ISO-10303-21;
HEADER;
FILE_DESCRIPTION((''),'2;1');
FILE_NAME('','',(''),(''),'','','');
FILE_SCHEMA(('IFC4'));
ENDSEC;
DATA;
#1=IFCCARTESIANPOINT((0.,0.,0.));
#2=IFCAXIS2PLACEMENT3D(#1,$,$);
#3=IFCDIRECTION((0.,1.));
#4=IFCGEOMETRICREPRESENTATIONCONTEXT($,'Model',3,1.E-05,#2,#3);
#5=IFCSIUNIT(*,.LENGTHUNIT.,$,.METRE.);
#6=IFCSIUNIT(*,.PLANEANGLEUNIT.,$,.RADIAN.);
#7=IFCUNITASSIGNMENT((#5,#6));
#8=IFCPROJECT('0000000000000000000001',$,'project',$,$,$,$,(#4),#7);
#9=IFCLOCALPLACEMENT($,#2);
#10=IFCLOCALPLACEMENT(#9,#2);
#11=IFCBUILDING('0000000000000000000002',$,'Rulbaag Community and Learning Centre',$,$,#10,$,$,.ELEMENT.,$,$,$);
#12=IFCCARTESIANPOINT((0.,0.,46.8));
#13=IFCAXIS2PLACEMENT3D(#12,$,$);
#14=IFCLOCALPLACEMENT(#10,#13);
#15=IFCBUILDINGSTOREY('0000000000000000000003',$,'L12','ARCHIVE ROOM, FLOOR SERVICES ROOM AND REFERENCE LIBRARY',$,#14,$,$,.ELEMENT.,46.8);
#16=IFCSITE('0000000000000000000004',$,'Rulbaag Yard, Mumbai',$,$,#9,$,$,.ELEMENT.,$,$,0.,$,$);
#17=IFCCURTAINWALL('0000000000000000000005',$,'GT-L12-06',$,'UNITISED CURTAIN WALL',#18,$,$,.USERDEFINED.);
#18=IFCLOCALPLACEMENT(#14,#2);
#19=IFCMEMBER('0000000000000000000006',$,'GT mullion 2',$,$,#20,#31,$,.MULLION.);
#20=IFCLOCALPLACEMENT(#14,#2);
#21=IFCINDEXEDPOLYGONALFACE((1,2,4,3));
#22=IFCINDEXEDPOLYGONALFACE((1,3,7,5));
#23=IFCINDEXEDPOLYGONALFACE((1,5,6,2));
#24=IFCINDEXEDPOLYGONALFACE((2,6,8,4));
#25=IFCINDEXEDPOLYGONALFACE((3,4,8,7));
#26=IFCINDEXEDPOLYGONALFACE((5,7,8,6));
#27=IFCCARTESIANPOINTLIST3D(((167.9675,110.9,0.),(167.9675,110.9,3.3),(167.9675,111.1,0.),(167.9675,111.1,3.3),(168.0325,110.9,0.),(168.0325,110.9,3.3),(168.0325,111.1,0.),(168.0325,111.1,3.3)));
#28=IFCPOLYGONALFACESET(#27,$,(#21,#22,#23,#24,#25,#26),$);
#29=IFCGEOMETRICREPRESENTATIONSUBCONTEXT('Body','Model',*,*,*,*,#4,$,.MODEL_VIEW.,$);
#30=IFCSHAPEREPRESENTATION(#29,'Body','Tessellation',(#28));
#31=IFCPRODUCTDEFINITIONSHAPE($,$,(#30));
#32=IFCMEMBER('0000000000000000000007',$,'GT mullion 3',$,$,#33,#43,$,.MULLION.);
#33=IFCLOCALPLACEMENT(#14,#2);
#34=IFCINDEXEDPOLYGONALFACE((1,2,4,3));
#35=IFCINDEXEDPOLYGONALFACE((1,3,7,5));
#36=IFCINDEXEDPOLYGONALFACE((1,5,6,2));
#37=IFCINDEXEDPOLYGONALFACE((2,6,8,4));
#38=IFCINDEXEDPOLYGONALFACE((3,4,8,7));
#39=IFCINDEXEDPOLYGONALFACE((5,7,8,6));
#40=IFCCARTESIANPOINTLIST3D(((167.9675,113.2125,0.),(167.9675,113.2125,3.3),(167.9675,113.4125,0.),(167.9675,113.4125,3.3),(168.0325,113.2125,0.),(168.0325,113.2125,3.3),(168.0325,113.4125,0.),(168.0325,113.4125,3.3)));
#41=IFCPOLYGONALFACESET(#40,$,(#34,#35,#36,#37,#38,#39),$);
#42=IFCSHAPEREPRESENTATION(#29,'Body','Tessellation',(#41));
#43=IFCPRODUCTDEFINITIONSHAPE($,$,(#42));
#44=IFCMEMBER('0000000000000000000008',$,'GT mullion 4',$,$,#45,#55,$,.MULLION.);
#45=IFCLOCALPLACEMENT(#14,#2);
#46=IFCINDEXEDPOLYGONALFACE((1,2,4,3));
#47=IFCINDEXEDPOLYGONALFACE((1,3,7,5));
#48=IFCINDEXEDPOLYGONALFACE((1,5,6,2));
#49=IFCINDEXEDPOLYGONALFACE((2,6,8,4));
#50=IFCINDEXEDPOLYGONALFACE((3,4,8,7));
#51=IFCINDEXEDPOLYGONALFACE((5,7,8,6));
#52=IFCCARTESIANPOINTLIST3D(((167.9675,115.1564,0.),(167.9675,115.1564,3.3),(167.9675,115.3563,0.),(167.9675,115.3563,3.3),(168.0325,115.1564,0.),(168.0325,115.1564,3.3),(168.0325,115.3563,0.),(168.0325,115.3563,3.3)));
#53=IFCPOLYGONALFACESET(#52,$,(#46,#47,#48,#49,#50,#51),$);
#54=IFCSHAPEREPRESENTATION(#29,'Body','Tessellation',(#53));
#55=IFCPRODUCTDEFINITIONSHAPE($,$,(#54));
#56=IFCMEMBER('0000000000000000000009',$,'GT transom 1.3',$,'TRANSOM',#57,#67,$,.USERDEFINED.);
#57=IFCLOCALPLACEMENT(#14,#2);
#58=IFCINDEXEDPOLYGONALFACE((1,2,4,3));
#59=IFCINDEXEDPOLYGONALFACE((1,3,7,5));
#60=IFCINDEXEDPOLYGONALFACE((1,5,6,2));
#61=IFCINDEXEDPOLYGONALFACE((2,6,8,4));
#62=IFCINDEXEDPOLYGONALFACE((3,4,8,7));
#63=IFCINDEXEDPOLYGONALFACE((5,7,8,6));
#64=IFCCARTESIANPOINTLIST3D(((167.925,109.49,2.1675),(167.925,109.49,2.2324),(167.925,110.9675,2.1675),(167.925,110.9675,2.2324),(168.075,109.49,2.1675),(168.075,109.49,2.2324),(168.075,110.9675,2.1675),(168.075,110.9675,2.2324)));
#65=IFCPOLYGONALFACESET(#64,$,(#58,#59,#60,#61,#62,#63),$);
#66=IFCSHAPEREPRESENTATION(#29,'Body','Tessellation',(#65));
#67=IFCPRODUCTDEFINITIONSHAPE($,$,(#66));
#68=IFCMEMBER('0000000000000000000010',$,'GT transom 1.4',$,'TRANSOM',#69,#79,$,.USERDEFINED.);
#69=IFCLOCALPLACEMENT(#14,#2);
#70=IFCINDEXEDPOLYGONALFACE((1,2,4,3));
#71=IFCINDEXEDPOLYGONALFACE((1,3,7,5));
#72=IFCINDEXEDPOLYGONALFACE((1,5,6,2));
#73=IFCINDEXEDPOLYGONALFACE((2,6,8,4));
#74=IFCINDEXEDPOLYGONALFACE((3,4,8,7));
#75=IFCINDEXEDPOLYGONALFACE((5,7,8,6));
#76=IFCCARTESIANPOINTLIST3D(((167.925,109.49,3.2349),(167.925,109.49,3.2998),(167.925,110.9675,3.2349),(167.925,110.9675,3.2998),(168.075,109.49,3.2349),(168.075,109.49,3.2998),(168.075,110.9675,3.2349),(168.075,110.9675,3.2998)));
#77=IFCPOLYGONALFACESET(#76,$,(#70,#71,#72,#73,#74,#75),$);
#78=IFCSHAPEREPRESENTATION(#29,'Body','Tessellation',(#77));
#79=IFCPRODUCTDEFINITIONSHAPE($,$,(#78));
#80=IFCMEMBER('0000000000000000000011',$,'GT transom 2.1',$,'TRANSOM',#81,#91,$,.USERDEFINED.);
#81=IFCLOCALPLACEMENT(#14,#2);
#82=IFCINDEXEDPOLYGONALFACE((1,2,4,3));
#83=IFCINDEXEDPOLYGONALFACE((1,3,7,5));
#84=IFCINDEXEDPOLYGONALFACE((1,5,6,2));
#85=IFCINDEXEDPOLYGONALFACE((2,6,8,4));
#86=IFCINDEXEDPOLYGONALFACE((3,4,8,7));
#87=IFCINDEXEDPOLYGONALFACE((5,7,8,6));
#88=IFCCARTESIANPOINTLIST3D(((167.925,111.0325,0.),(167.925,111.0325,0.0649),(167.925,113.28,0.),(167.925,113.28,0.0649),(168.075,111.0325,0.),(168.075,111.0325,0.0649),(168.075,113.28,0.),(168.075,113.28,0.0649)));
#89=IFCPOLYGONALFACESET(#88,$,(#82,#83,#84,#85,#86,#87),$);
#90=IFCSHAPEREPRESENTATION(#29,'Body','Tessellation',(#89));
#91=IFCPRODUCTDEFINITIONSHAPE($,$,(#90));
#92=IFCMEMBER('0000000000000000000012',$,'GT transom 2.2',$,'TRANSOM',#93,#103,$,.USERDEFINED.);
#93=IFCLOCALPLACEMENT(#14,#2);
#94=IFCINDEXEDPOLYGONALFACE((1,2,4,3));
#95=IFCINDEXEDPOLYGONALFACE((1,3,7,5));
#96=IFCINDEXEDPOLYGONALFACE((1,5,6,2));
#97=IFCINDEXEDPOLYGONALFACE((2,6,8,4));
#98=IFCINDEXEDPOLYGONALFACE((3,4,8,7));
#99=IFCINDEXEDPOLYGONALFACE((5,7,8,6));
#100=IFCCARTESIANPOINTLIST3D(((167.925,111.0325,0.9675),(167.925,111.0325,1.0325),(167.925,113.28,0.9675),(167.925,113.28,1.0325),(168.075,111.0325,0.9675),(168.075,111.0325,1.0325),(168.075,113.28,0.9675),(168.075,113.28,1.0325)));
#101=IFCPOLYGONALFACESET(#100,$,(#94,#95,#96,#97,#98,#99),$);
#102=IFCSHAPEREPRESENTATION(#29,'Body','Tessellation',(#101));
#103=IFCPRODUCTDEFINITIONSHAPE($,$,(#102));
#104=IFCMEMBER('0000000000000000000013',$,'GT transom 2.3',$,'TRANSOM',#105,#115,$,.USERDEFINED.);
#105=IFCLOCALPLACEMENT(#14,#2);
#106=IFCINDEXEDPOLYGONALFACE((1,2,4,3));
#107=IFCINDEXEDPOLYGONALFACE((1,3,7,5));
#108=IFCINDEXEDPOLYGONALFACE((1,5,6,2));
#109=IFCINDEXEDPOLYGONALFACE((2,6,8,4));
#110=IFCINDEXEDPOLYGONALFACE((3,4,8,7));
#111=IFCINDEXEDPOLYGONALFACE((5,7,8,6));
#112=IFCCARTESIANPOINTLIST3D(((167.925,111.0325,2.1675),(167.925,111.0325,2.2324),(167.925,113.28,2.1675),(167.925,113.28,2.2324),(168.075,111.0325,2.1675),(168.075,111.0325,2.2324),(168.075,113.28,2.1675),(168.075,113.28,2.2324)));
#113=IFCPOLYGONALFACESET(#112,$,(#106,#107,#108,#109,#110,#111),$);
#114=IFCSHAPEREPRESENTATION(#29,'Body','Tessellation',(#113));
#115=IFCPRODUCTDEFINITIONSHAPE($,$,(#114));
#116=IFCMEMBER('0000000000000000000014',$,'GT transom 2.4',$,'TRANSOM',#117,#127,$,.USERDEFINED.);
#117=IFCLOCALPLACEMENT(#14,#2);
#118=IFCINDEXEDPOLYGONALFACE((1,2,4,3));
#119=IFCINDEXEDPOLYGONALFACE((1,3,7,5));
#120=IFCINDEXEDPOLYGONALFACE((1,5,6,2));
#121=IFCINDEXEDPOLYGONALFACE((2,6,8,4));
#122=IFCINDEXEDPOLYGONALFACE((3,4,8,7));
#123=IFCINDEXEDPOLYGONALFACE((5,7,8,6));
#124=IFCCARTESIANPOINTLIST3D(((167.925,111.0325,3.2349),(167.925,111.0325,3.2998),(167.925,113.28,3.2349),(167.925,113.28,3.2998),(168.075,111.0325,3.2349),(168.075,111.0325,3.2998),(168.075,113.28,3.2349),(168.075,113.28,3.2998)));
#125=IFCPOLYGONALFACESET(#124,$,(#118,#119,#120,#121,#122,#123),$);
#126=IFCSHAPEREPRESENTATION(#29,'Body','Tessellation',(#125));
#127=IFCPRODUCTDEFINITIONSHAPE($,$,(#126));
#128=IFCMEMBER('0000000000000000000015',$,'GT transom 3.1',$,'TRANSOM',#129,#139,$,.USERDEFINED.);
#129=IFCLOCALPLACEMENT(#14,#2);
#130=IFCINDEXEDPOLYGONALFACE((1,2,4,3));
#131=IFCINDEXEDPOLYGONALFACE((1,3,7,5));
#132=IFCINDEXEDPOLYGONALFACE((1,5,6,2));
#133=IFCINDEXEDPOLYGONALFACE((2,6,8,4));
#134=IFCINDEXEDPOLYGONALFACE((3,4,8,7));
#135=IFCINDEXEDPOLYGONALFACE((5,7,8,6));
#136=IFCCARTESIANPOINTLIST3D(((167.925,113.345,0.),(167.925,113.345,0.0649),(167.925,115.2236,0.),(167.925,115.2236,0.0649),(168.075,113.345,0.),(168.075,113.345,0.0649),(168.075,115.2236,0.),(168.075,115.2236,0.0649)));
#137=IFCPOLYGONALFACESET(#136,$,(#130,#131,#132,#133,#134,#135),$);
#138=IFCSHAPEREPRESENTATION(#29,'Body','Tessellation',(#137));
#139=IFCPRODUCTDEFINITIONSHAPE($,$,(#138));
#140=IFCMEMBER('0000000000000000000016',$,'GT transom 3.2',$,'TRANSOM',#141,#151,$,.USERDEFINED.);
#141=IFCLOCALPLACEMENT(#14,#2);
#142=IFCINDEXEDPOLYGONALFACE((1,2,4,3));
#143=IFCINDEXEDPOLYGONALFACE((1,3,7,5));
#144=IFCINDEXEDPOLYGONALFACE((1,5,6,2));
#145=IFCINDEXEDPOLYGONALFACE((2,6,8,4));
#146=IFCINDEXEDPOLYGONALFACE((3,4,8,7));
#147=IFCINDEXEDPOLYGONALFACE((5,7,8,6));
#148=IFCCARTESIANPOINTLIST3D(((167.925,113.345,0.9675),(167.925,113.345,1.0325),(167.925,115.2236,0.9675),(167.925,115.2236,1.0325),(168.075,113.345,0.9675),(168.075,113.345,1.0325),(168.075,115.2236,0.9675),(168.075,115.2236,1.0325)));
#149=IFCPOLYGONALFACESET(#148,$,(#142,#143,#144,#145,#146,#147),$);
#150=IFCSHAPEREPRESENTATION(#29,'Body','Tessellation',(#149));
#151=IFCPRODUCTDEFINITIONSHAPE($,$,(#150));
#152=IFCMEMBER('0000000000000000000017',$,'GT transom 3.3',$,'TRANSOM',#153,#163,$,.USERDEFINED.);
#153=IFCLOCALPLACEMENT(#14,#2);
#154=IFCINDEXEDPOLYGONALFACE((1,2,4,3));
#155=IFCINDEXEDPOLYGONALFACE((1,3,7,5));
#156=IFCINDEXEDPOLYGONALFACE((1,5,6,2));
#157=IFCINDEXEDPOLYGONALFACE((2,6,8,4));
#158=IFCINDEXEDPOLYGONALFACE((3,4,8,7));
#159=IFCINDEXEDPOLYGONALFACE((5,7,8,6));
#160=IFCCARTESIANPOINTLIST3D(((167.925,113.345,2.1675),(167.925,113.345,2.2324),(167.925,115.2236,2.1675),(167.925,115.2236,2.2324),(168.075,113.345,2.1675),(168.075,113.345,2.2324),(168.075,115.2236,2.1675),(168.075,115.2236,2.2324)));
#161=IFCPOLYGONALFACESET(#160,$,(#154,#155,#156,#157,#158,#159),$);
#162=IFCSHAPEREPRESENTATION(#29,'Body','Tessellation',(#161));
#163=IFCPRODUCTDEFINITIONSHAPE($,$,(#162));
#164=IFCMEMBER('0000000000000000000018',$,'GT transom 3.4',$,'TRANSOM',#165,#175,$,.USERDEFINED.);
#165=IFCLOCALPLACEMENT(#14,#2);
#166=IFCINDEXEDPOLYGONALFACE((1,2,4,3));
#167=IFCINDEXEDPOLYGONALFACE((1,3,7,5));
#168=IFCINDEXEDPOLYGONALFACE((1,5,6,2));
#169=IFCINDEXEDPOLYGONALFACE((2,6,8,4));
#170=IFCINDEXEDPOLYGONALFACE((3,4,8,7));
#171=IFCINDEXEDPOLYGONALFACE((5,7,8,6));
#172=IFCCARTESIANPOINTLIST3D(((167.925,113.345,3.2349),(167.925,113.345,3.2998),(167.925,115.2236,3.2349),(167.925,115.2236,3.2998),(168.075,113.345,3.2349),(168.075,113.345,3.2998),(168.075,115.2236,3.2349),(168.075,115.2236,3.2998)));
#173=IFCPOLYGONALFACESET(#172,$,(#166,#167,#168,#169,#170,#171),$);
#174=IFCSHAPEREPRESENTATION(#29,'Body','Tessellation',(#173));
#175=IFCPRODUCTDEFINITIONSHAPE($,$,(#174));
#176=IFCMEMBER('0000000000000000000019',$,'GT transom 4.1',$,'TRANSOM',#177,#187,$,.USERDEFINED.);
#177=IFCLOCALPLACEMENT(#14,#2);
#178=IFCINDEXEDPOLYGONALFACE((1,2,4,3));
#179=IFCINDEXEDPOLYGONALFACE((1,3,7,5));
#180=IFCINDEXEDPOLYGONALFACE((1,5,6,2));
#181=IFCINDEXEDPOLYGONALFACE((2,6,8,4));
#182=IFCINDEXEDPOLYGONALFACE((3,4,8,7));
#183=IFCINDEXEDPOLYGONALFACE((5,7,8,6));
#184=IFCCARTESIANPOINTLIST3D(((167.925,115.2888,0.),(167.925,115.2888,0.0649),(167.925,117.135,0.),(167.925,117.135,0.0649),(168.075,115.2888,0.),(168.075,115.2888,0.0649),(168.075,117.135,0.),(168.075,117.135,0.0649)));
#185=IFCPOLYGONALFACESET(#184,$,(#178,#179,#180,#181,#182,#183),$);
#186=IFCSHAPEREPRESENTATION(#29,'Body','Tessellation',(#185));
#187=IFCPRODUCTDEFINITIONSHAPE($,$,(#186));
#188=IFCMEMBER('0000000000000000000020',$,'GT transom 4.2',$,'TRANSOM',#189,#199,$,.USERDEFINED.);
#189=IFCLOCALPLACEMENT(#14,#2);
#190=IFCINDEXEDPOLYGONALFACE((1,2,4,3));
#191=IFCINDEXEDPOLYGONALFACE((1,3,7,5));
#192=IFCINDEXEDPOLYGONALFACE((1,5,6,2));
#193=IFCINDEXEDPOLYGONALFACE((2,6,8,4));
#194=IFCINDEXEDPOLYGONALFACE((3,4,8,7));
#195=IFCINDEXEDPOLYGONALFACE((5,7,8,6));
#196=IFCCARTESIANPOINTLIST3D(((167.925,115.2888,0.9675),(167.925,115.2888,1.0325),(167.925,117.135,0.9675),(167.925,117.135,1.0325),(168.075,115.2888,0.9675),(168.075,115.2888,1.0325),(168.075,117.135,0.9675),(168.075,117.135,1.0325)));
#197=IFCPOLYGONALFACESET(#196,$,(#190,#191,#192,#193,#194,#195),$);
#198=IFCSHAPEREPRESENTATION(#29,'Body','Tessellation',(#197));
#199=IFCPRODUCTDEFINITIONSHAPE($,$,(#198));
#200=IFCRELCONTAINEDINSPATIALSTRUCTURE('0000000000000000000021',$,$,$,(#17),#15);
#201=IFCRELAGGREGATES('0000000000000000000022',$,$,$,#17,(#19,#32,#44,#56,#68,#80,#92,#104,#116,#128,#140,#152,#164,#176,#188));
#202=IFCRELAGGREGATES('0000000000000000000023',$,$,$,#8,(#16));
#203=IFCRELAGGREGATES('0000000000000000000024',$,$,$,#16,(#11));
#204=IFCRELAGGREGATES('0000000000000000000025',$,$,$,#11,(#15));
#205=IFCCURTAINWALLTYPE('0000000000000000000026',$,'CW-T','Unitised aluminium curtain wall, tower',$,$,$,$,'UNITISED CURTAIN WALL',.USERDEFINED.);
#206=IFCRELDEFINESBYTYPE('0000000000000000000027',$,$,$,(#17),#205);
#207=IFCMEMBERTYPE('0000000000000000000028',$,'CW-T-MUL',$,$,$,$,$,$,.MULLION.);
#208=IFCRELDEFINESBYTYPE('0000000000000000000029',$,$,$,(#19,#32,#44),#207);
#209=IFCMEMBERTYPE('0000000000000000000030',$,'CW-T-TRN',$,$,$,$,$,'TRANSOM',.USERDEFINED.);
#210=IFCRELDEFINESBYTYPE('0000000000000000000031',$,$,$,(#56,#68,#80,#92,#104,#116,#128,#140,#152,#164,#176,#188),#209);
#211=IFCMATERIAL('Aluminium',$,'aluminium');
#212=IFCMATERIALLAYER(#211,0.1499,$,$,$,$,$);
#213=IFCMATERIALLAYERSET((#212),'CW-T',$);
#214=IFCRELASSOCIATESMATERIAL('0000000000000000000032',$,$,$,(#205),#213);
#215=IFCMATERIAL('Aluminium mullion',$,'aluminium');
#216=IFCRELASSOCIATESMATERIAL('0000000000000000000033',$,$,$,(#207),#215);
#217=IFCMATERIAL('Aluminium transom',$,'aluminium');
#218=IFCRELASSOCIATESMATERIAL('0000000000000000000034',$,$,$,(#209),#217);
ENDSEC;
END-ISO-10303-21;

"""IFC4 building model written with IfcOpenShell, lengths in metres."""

from ifc_helpers import new_model, si_unit, direction, frame, origin, origin_2d, place, context, subcontext, project, spatial, rectangle, extrude, material, layer, layer_set, material_profile, profile_set, type_object, element, aggregate, save


model = new_model("IFC4")

# Units and contexts
model_context = context("Model", 3, precision=1e-05, world=origin(), true_north=direction((0.0, 1.0)))
body_context = subcontext(model_context, "Body", "Model", "MODEL_VIEW")
ifc_project = project(units=[si_unit("LENGTHUNIT", "METRE"), si_unit("PLANEANGLEUNIT", "RADIAN")], contexts=[model_context])

# Site, building, storey
site_placement = place(None, origin())
site = spatial("IfcSite", under=ifc_project, at=site_placement, Name="Rulbaag Yard, Mumbai", CompositionType="ELEMENT", RefElevation=0.0)
building_placement = place(site_placement, origin())
building = spatial("IfcBuilding", under=site, at=building_placement, Name="Rulbaag Community and Learning Centre", CompositionType="ELEMENT")
storey_placement = place(building_placement, frame((0.0, 0.0, 46.8)))
storey = spatial("IfcBuildingStorey", under=building, at=storey_placement, Name="L12", Description="ARCHIVE ROOM, FLOOR SERVICES ROOM AND REFERENCE LIBRARY", CompositionType="ELEMENT", Elevation=46.8)

# Curtain wall, members
ifc_material_1 = material(Name="Aluminium", Category="aluminium")
ifc_layer_1 = layer(ifc_material_1, 0.1499)
ifc_layer_set_1 = layer_set([ifc_layer_1], Name="CW-T")
curtain_wall_type = type_object("IfcCurtainWallType", Name="CW-T", Description="Unitised aluminium curtain wall, tower", ElementType="UNITISED CURTAIN WALL", PredefinedType="USERDEFINED", material=ifc_layer_set_1)
curtain_wall_placement = place(storey_placement, origin())
curtain_wall = element("IfcCurtainWall", 1, at=curtain_wall_placement, inside=storey, type_object=curtain_wall_type, Name="GT-L12-06", ObjectType="UNITISED CURTAIN WALL", PredefinedType="USERDEFINED")
ifc_material_2 = material(Name="Aluminium mullion", Category="aluminium")
ifc_material_profile_1 = material_profile(ifc_material_2, rectangle(XDim=0.0649, YDim=0.2, at=origin_2d()), Name="AL 65x200")
ifc_profile_set_1 = profile_set([ifc_material_profile_1], Name="Aluminium mullion")
member_type_1 = type_object("IfcMemberType", Name="CW-T-MUL", PredefinedType="MULLION", material=ifc_profile_set_1)
member_1_placement = place(storey_placement, frame((168.0, 111.0, 0.0), z_axis=(0.0, 0.0, 1.0), x_axis=(-1.0, 0.0, 0.0)))
member_1 = element("IfcMember", 2, at=member_1_placement, type_object=member_type_1, Name="GT mullion 2", PredefinedType="MULLION", context=body_context, shape_type="SweptSolid", body=[
    extrude(rectangle(XDim=0.0649, YDim=0.2, at=origin_2d()), origin(), (0.0, 0.0, 1.0), 3.3),
])
member_2_placement = place(storey_placement, frame((168.0, 113.3125, 0.0), z_axis=(0.0, 0.0, 1.0), x_axis=(-1.0, 0.0, 0.0)))
member_2 = element("IfcMember", 3, at=member_2_placement, type_object=member_type_1, Name="GT mullion 3", PredefinedType="MULLION", context=body_context, shape_type="SweptSolid", body=[
    extrude(rectangle(XDim=0.0649, YDim=0.2, at=origin_2d()), origin(), (0.0, 0.0, 1.0), 3.3),
])
member_3_placement = place(storey_placement, frame((168.0, 115.2563, 0.0), z_axis=(0.0, 0.0, 1.0), x_axis=(-1.0, 0.0, 0.0)))
member_3 = element("IfcMember", 4, at=member_3_placement, type_object=member_type_1, Name="GT mullion 4", PredefinedType="MULLION", context=body_context, shape_type="SweptSolid", body=[
    extrude(rectangle(XDim=0.0649, YDim=0.2, at=origin_2d()), origin(), (0.0, 0.0, 1.0), 3.3),
])
ifc_material_3 = material(Name="Aluminium transom", Category="aluminium")
ifc_material_profile_2 = material_profile(ifc_material_3, rectangle(XDim=0.1499, YDim=0.0649, at=origin_2d()), Name="AL 65x150 T")
ifc_profile_set_2 = profile_set([ifc_material_profile_2], Name="Aluminium transom")
member_type_2 = type_object("IfcMemberType", Name="CW-T-TRN", ElementType="TRANSOM", PredefinedType="USERDEFINED", material=ifc_profile_set_2)
member_4_placement = place(storey_placement, frame((168.0, 109.49, 2.2), z_axis=(0.0, 1.0, 0.0), x_axis=(-1.0, 0.0, 0.0)))
member_4 = element("IfcMember", 5, at=member_4_placement, type_object=member_type_2, Name="GT transom 1.3", ObjectType="TRANSOM", PredefinedType="USERDEFINED", context=body_context, shape_type="SweptSolid", body=[
    extrude(rectangle(XDim=0.1499, YDim=0.0649, at=origin_2d()), origin(), (0.0, 0.0, 1.0), 1.4775),
])
member_5_placement = place(storey_placement, frame((168.0, 109.49, 3.2673), z_axis=(0.0, 1.0, 0.0), x_axis=(-1.0, 0.0, 0.0)))
member_5 = element("IfcMember", 6, at=member_5_placement, type_object=member_type_2, Name="GT transom 1.4", ObjectType="TRANSOM", PredefinedType="USERDEFINED", context=body_context, shape_type="SweptSolid", body=[
    extrude(rectangle(XDim=0.1499, YDim=0.0649, at=origin_2d()), origin(), (0.0, 0.0, 1.0), 1.4775),
])
member_6_placement = place(storey_placement, frame((168.0, 111.0325, 0.0325), z_axis=(0.0, 1.0, 0.0), x_axis=(-1.0, 0.0, 0.0)))
member_6 = element("IfcMember", 7, at=member_6_placement, type_object=member_type_2, Name="GT transom 2.1", ObjectType="TRANSOM", PredefinedType="USERDEFINED", context=body_context, shape_type="SweptSolid", body=[
    extrude(rectangle(XDim=0.1499, YDim=0.0649, at=origin_2d()), origin(), (0.0, 0.0, 1.0), 2.2476),
])
member_7_placement = place(storey_placement, frame((168.0, 111.0325, 1.0), z_axis=(0.0, 1.0, 0.0), x_axis=(-1.0, 0.0, 0.0)))
member_7 = element("IfcMember", 8, at=member_7_placement, type_object=member_type_2, Name="GT transom 2.2", ObjectType="TRANSOM", PredefinedType="USERDEFINED", context=body_context, shape_type="SweptSolid", body=[
    extrude(rectangle(XDim=0.1499, YDim=0.0649, at=origin_2d()), origin(), (0.0, 0.0, 1.0), 2.2476),
])
member_8_placement = place(storey_placement, frame((168.0, 111.0325, 2.2), z_axis=(0.0, 1.0, 0.0), x_axis=(-1.0, 0.0, 0.0)))
member_8 = element("IfcMember", 9, at=member_8_placement, type_object=member_type_2, Name="GT transom 2.3", ObjectType="TRANSOM", PredefinedType="USERDEFINED", context=body_context, shape_type="SweptSolid", body=[
    extrude(rectangle(XDim=0.1499, YDim=0.0649, at=origin_2d()), origin(), (0.0, 0.0, 1.0), 2.2476),
])
member_9_placement = place(storey_placement, frame((168.0, 111.0325, 3.2673), z_axis=(0.0, 1.0, 0.0), x_axis=(-1.0, 0.0, 0.0)))
member_9 = element("IfcMember", 10, at=member_9_placement, type_object=member_type_2, Name="GT transom 2.4", ObjectType="TRANSOM", PredefinedType="USERDEFINED", context=body_context, shape_type="SweptSolid", body=[
    extrude(rectangle(XDim=0.1499, YDim=0.0649, at=origin_2d()), origin(), (0.0, 0.0, 1.0), 2.2476),
])
member_10_placement = place(storey_placement, frame((168.0, 113.345, 0.0325), z_axis=(0.0, 1.0, 0.0), x_axis=(-1.0, 0.0, 0.0)))
member_10 = element("IfcMember", 11, at=member_10_placement, type_object=member_type_2, Name="GT transom 3.1", ObjectType="TRANSOM", PredefinedType="USERDEFINED", context=body_context, shape_type="SweptSolid", body=[
    extrude(rectangle(XDim=0.1499, YDim=0.0649, at=origin_2d()), origin(), (0.0, 0.0, 1.0), 1.8787),
])
member_11_placement = place(storey_placement, frame((168.0, 113.345, 1.0), z_axis=(0.0, 1.0, 0.0), x_axis=(-1.0, 0.0, 0.0)))
member_11 = element("IfcMember", 12, at=member_11_placement, type_object=member_type_2, Name="GT transom 3.2", ObjectType="TRANSOM", PredefinedType="USERDEFINED", context=body_context, shape_type="SweptSolid", body=[
    extrude(rectangle(XDim=0.1499, YDim=0.0649, at=origin_2d()), origin(), (0.0, 0.0, 1.0), 1.8787),
])
member_12_placement = place(storey_placement, frame((168.0, 113.345, 2.2), z_axis=(0.0, 1.0, 0.0), x_axis=(-1.0, 0.0, 0.0)))
member_12 = element("IfcMember", 13, at=member_12_placement, type_object=member_type_2, Name="GT transom 3.3", ObjectType="TRANSOM", PredefinedType="USERDEFINED", context=body_context, shape_type="SweptSolid", body=[
    extrude(rectangle(XDim=0.1499, YDim=0.0649, at=origin_2d()), origin(), (0.0, 0.0, 1.0), 1.8787),
])
member_13_placement = place(storey_placement, frame((168.0, 113.345, 3.2673), z_axis=(0.0, 1.0, 0.0), x_axis=(-1.0, 0.0, 0.0)))
member_13 = element("IfcMember", 14, at=member_13_placement, type_object=member_type_2, Name="GT transom 3.4", ObjectType="TRANSOM", PredefinedType="USERDEFINED", context=body_context, shape_type="SweptSolid", body=[
    extrude(rectangle(XDim=0.1499, YDim=0.0649, at=origin_2d()), origin(), (0.0, 0.0, 1.0), 1.8787),
])
member_14_placement = place(storey_placement, frame((168.0, 115.2888, 0.0325), z_axis=(0.0, 1.0, 0.0), x_axis=(-1.0, 0.0, 0.0)))
member_14 = element("IfcMember", 15, at=member_14_placement, type_object=member_type_2, Name="GT transom 4.1", ObjectType="TRANSOM", PredefinedType="USERDEFINED", context=body_context, shape_type="SweptSolid", body=[
    extrude(rectangle(XDim=0.1499, YDim=0.0649, at=origin_2d()), origin(), (0.0, 0.0, 1.0), 1.8462),
])
member_15_placement = place(storey_placement, frame((168.0, 115.2888, 1.0), z_axis=(0.0, 1.0, 0.0), x_axis=(-1.0, 0.0, 0.0)))
member_15 = element("IfcMember", 16, at=member_15_placement, type_object=member_type_2, Name="GT transom 4.2", ObjectType="TRANSOM", PredefinedType="USERDEFINED", context=body_context, shape_type="SweptSolid", body=[
    extrude(rectangle(XDim=0.1499, YDim=0.0649, at=origin_2d()), origin(), (0.0, 0.0, 1.0), 1.8462),
])
aggregate(curtain_wall, [member_1, member_2, member_3, member_4, member_5, member_6, member_7, member_8, member_9, member_10, member_11, member_12, member_13, member_14, member_15])

save(model, "model.ifc")
